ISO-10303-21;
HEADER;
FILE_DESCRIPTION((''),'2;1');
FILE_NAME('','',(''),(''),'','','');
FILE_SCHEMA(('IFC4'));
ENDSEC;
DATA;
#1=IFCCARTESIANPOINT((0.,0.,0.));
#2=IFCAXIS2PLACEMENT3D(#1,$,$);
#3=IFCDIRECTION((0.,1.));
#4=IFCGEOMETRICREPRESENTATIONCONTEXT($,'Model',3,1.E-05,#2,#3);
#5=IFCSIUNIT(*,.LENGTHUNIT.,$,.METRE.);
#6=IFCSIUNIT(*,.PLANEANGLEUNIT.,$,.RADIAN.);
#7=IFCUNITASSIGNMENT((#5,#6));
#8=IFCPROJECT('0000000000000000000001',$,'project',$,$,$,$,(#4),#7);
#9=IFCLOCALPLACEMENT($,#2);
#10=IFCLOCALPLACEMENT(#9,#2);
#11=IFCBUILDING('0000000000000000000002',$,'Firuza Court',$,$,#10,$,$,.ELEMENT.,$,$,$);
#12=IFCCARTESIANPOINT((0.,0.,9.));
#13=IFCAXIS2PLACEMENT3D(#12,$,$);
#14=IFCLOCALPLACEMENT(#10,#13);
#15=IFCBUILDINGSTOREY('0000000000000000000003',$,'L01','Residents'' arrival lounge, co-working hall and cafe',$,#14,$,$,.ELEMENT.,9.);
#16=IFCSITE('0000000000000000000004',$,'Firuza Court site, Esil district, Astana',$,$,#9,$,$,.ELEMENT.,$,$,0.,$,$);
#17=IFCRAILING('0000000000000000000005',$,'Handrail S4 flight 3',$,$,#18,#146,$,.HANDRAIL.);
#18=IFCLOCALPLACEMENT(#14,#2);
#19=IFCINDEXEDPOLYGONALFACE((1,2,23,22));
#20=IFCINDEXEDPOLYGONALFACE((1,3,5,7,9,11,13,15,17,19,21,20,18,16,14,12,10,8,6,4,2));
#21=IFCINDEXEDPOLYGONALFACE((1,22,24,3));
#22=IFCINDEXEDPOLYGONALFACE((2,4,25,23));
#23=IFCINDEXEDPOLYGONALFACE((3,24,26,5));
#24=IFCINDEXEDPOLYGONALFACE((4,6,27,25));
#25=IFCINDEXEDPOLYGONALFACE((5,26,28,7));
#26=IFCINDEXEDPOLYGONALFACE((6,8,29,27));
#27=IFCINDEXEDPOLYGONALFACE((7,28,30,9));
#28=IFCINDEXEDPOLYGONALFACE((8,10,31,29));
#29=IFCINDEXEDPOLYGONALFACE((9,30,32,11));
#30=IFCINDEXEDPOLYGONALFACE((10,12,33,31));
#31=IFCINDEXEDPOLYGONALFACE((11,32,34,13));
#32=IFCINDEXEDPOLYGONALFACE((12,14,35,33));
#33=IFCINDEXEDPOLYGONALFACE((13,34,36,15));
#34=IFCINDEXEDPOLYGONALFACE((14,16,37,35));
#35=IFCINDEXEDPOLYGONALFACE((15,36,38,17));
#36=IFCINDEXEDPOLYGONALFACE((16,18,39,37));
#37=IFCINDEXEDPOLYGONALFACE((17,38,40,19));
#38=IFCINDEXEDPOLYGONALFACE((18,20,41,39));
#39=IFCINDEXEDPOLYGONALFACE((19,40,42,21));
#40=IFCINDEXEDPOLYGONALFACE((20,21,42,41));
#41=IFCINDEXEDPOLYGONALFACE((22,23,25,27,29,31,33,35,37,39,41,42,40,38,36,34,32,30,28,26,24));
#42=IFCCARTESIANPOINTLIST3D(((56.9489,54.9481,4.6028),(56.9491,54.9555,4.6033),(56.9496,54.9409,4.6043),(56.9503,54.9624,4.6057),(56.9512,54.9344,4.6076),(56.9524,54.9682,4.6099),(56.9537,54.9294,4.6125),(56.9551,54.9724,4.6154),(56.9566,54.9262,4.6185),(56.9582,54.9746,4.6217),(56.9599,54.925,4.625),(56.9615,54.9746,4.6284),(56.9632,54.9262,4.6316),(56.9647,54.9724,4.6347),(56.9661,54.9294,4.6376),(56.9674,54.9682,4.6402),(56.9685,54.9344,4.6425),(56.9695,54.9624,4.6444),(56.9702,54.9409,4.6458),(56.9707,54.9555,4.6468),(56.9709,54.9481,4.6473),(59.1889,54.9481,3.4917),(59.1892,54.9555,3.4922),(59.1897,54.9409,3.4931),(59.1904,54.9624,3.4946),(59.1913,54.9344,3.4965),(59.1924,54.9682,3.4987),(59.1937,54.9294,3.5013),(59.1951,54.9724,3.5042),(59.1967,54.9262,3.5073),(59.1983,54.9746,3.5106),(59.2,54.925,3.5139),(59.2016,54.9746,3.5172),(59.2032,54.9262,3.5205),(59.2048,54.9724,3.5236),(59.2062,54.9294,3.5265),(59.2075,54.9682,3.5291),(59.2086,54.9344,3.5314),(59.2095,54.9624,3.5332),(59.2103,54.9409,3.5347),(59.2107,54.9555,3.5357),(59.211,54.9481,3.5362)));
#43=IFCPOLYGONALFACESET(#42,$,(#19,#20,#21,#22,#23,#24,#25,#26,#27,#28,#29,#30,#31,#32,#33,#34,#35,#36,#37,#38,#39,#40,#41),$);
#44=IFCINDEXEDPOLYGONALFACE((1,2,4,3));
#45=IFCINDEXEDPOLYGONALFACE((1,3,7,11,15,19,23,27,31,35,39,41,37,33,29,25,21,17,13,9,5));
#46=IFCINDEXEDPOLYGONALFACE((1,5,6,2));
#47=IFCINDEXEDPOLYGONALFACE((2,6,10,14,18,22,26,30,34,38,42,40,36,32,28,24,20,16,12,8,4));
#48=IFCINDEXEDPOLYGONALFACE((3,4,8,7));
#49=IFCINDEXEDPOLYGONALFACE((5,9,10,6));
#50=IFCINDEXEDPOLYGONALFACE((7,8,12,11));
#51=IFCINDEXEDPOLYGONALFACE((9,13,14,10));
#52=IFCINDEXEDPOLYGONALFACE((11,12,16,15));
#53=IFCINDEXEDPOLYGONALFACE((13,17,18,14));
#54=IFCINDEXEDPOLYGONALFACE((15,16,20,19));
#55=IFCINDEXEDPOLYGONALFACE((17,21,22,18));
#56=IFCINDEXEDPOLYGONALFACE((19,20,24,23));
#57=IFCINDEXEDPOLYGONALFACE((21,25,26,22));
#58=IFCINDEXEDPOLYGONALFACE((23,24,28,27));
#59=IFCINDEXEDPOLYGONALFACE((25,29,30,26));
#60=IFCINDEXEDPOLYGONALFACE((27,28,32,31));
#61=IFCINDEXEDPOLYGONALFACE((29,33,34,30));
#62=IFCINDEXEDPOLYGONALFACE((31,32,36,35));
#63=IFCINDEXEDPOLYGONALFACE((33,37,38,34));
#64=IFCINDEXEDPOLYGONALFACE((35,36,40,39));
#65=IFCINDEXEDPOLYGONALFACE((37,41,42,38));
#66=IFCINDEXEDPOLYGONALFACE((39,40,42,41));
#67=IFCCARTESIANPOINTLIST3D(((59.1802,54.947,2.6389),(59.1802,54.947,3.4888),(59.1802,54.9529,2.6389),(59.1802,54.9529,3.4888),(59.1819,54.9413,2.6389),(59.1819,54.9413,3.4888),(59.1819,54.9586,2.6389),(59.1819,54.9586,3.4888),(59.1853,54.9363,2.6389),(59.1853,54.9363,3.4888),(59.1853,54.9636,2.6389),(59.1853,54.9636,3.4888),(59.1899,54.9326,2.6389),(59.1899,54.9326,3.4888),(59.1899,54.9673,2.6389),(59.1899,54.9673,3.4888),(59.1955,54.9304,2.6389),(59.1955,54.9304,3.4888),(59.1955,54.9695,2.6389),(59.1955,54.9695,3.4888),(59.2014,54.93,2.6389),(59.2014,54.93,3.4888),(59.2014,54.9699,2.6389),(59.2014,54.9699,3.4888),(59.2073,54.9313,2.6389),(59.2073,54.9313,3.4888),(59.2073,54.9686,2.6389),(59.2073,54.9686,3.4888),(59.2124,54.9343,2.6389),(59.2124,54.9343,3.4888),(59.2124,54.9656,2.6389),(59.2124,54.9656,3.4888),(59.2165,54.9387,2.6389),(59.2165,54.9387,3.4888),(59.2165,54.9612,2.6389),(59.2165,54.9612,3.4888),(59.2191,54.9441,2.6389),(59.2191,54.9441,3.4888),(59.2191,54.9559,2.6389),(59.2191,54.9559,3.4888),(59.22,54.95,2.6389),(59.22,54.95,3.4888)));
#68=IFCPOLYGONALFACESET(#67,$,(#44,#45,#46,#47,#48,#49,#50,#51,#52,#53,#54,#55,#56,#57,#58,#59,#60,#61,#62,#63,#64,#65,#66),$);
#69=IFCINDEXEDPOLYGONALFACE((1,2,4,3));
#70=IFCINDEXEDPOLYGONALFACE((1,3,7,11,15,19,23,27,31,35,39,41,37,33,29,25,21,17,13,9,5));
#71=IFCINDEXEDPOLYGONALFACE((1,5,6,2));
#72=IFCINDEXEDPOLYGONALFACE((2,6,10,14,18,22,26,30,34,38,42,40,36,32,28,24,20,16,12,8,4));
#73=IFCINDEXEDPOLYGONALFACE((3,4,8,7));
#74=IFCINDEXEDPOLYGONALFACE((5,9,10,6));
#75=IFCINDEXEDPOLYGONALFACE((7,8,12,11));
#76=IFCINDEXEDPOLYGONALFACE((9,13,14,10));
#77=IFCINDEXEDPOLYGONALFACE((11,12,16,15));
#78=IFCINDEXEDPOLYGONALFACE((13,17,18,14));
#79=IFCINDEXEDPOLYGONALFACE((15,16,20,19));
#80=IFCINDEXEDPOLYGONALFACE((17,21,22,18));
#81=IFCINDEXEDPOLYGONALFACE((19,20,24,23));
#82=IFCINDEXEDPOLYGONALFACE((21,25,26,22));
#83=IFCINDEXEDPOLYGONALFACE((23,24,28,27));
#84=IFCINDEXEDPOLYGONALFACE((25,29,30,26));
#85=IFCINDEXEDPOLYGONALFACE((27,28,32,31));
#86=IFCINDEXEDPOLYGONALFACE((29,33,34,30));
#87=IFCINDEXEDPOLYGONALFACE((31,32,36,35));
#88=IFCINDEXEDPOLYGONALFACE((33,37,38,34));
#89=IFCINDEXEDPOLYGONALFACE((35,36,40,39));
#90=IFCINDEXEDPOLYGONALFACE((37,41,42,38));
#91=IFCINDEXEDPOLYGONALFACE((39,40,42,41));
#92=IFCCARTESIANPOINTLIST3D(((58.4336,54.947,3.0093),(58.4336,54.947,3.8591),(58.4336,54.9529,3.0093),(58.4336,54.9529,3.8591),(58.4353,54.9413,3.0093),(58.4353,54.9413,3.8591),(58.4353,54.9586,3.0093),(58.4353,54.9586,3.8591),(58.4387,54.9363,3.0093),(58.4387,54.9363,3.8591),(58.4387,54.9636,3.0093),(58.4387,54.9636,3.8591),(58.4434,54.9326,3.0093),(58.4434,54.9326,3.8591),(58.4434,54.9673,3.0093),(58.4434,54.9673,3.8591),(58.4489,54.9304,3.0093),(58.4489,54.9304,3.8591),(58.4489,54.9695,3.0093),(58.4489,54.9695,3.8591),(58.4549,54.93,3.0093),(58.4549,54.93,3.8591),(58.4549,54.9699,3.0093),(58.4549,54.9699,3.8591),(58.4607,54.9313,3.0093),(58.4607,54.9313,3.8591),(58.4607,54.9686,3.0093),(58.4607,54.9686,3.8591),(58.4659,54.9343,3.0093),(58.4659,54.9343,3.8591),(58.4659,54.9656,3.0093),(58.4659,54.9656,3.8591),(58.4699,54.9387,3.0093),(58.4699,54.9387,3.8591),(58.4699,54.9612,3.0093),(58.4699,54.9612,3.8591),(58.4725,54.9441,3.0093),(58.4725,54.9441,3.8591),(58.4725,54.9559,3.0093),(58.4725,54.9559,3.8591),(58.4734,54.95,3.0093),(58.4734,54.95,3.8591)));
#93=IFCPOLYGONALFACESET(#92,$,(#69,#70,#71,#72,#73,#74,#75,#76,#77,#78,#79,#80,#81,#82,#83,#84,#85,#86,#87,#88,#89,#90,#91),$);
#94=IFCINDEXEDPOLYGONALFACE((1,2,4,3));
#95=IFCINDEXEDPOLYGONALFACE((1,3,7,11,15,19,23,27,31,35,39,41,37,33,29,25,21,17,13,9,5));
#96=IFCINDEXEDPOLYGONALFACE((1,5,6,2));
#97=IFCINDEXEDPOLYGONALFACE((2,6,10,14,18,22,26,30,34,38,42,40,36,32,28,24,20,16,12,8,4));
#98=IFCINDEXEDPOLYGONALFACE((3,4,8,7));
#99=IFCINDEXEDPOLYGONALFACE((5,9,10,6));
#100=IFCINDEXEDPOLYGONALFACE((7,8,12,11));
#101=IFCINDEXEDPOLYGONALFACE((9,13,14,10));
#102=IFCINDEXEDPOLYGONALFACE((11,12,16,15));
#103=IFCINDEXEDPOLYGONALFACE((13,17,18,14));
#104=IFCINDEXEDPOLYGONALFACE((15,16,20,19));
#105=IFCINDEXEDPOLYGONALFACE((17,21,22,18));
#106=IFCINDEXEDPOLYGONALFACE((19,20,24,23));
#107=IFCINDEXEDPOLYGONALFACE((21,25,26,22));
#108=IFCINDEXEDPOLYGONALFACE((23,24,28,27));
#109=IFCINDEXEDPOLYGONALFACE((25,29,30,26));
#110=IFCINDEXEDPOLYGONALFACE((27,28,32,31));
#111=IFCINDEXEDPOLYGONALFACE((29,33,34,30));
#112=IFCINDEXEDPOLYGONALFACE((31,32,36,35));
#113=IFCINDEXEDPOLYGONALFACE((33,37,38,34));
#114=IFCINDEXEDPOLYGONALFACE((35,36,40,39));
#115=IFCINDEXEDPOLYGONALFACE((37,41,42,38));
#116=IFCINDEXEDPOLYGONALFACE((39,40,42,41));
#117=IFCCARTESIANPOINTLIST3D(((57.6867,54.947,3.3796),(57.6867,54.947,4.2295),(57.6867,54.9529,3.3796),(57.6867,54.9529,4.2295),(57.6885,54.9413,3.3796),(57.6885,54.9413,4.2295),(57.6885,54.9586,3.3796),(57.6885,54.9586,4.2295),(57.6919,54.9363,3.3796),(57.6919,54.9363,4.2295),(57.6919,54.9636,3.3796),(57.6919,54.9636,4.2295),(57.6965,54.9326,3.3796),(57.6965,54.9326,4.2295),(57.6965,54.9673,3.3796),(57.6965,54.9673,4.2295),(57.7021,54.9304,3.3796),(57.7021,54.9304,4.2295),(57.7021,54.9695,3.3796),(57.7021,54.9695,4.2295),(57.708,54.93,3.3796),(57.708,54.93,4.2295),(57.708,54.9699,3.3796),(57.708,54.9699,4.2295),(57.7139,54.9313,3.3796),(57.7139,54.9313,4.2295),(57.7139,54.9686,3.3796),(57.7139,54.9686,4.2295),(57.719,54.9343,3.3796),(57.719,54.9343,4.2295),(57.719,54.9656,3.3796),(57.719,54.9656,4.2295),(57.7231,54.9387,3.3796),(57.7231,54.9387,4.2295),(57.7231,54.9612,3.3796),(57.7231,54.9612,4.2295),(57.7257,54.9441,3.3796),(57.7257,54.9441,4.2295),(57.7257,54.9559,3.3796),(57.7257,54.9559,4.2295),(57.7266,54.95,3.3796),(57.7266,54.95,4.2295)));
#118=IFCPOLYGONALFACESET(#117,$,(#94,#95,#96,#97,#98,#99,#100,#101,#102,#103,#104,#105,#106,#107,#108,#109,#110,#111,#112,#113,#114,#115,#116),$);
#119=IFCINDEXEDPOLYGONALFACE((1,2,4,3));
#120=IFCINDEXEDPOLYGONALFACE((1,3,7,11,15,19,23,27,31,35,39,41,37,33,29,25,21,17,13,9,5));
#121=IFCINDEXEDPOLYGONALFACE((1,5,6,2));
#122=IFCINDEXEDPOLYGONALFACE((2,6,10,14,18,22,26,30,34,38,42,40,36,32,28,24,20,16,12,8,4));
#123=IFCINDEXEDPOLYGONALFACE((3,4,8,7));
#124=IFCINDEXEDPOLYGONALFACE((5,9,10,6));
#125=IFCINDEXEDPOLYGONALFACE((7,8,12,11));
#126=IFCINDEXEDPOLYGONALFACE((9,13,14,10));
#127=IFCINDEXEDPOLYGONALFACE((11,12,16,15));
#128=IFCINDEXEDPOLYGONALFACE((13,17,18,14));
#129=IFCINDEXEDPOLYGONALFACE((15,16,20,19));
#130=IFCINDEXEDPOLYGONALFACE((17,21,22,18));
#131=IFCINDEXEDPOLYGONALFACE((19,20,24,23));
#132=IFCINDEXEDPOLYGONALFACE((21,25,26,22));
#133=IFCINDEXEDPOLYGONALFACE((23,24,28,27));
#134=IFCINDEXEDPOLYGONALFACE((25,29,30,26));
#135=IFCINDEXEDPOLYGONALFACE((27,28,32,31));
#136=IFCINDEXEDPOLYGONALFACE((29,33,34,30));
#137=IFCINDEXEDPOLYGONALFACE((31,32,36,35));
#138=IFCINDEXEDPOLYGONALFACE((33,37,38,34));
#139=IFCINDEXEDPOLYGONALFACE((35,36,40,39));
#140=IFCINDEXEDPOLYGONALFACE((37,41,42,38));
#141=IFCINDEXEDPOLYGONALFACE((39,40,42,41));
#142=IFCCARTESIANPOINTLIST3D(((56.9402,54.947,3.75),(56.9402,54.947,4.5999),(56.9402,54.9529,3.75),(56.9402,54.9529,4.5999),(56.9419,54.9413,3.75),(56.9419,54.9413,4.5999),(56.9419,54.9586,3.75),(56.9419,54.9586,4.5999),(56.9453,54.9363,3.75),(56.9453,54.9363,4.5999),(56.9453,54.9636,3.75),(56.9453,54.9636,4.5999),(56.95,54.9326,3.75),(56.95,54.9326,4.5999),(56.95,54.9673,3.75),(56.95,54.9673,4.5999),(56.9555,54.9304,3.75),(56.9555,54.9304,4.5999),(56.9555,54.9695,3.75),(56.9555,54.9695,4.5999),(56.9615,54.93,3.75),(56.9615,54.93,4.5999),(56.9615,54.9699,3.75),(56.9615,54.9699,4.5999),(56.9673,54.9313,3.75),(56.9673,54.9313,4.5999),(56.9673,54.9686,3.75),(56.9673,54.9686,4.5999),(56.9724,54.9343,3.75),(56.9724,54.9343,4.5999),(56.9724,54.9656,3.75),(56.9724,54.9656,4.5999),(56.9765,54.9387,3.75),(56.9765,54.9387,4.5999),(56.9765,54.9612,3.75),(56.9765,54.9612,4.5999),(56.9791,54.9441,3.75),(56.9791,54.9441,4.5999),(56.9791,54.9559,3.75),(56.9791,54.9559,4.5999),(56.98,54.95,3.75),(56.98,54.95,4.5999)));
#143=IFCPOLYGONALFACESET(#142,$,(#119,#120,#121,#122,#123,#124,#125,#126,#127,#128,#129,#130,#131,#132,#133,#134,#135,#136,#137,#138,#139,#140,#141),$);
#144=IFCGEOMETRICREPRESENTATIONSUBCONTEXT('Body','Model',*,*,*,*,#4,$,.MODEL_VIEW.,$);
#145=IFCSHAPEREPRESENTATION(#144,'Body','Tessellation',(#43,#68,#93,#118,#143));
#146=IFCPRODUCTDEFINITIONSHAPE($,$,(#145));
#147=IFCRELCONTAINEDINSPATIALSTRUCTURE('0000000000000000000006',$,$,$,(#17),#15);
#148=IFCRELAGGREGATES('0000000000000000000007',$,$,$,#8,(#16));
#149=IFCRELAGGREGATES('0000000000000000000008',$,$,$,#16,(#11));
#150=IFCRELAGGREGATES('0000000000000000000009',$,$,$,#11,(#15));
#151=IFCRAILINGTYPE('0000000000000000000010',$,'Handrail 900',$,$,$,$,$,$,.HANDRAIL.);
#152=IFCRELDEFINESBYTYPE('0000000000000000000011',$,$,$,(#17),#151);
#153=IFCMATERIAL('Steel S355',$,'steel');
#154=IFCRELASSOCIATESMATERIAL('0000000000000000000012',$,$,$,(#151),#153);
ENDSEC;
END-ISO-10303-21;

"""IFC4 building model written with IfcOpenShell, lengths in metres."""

from ifc_helpers import new_model, si_unit, direction, frame, origin, origin_2d, place, context, subcontext, project, spatial, circle, extrude, material, type_object, element, save


model = new_model("IFC4")

# Units and contexts
model_context = context("Model", 3, precision=1e-05, world=origin(), true_north=direction((0.0, 1.0)))
body_context = subcontext(model_context, "Body", "Model", "MODEL_VIEW")
ifc_project = project(units=[si_unit("LENGTHUNIT", "METRE"), si_unit("PLANEANGLEUNIT", "RADIAN")], contexts=[model_context])

# Site, building, storey
site_placement = place(None, origin())
site = spatial("IfcSite", under=ifc_project, at=site_placement, Name="Firuza Court site, Esil district, Astana", CompositionType="ELEMENT", RefElevation=0.0)
building_placement = place(site_placement, origin())
building = spatial("IfcBuilding", under=site, at=building_placement, Name="Firuza Court", CompositionType="ELEMENT")
storey_placement = place(building_placement, frame((0.0, 0.0, 9.0)))
storey = spatial("IfcBuildingStorey", under=building, at=storey_placement, Name="L01", Description="Residents' arrival lounge, co-working hall and cafe", CompositionType="ELEMENT", Elevation=9.0)

# Railing
ifc_material_1 = material(Name="Steel S355", Category="steel")
railing_type_1 = type_object("IfcRailingType", Name="Handrail 900", PredefinedType="HANDRAIL", material=ifc_material_1)
railing_1_placement = place(storey_placement, frame((59.2, 54.95, 2.6389)))
element("IfcRailing", 1, at=railing_1_placement, inside=storey, type_object=railing_type_1, Name="Handrail S4 flight 3", PredefinedType="HANDRAIL", context=body_context, shape_type="SweptSolid", body=[
    extrude(circle(Radius=0.0249, at=origin_2d()), frame((0.0, 0.0, 0.875), z_axis=(-0.895848, 0.0, 0.44436), x_axis=(0.0, -1.0, 0.0)), (0.0, 0.0, 1.0), 2.5005),
    extrude(circle(Radius=0.02, at=origin_2d()), origin(), (0.0, 0.0, 1.0), 0.8499),
    extrude(circle(Radius=0.02, at=origin_2d()), frame((-0.7466, 0.0, 0.3704)), (0.0, 0.0, 1.0), 0.8499),
    extrude(circle(Radius=0.02, at=origin_2d()), frame((-1.4934, 0.0, 0.7407)), (0.0, 0.0, 1.0), 0.8499),
    extrude(circle(Radius=0.02, at=origin_2d()), frame((-2.24, 0.0, 1.1111)), (0.0, 0.0, 1.0), 0.8499),
])

save(model, "model.ifc")
